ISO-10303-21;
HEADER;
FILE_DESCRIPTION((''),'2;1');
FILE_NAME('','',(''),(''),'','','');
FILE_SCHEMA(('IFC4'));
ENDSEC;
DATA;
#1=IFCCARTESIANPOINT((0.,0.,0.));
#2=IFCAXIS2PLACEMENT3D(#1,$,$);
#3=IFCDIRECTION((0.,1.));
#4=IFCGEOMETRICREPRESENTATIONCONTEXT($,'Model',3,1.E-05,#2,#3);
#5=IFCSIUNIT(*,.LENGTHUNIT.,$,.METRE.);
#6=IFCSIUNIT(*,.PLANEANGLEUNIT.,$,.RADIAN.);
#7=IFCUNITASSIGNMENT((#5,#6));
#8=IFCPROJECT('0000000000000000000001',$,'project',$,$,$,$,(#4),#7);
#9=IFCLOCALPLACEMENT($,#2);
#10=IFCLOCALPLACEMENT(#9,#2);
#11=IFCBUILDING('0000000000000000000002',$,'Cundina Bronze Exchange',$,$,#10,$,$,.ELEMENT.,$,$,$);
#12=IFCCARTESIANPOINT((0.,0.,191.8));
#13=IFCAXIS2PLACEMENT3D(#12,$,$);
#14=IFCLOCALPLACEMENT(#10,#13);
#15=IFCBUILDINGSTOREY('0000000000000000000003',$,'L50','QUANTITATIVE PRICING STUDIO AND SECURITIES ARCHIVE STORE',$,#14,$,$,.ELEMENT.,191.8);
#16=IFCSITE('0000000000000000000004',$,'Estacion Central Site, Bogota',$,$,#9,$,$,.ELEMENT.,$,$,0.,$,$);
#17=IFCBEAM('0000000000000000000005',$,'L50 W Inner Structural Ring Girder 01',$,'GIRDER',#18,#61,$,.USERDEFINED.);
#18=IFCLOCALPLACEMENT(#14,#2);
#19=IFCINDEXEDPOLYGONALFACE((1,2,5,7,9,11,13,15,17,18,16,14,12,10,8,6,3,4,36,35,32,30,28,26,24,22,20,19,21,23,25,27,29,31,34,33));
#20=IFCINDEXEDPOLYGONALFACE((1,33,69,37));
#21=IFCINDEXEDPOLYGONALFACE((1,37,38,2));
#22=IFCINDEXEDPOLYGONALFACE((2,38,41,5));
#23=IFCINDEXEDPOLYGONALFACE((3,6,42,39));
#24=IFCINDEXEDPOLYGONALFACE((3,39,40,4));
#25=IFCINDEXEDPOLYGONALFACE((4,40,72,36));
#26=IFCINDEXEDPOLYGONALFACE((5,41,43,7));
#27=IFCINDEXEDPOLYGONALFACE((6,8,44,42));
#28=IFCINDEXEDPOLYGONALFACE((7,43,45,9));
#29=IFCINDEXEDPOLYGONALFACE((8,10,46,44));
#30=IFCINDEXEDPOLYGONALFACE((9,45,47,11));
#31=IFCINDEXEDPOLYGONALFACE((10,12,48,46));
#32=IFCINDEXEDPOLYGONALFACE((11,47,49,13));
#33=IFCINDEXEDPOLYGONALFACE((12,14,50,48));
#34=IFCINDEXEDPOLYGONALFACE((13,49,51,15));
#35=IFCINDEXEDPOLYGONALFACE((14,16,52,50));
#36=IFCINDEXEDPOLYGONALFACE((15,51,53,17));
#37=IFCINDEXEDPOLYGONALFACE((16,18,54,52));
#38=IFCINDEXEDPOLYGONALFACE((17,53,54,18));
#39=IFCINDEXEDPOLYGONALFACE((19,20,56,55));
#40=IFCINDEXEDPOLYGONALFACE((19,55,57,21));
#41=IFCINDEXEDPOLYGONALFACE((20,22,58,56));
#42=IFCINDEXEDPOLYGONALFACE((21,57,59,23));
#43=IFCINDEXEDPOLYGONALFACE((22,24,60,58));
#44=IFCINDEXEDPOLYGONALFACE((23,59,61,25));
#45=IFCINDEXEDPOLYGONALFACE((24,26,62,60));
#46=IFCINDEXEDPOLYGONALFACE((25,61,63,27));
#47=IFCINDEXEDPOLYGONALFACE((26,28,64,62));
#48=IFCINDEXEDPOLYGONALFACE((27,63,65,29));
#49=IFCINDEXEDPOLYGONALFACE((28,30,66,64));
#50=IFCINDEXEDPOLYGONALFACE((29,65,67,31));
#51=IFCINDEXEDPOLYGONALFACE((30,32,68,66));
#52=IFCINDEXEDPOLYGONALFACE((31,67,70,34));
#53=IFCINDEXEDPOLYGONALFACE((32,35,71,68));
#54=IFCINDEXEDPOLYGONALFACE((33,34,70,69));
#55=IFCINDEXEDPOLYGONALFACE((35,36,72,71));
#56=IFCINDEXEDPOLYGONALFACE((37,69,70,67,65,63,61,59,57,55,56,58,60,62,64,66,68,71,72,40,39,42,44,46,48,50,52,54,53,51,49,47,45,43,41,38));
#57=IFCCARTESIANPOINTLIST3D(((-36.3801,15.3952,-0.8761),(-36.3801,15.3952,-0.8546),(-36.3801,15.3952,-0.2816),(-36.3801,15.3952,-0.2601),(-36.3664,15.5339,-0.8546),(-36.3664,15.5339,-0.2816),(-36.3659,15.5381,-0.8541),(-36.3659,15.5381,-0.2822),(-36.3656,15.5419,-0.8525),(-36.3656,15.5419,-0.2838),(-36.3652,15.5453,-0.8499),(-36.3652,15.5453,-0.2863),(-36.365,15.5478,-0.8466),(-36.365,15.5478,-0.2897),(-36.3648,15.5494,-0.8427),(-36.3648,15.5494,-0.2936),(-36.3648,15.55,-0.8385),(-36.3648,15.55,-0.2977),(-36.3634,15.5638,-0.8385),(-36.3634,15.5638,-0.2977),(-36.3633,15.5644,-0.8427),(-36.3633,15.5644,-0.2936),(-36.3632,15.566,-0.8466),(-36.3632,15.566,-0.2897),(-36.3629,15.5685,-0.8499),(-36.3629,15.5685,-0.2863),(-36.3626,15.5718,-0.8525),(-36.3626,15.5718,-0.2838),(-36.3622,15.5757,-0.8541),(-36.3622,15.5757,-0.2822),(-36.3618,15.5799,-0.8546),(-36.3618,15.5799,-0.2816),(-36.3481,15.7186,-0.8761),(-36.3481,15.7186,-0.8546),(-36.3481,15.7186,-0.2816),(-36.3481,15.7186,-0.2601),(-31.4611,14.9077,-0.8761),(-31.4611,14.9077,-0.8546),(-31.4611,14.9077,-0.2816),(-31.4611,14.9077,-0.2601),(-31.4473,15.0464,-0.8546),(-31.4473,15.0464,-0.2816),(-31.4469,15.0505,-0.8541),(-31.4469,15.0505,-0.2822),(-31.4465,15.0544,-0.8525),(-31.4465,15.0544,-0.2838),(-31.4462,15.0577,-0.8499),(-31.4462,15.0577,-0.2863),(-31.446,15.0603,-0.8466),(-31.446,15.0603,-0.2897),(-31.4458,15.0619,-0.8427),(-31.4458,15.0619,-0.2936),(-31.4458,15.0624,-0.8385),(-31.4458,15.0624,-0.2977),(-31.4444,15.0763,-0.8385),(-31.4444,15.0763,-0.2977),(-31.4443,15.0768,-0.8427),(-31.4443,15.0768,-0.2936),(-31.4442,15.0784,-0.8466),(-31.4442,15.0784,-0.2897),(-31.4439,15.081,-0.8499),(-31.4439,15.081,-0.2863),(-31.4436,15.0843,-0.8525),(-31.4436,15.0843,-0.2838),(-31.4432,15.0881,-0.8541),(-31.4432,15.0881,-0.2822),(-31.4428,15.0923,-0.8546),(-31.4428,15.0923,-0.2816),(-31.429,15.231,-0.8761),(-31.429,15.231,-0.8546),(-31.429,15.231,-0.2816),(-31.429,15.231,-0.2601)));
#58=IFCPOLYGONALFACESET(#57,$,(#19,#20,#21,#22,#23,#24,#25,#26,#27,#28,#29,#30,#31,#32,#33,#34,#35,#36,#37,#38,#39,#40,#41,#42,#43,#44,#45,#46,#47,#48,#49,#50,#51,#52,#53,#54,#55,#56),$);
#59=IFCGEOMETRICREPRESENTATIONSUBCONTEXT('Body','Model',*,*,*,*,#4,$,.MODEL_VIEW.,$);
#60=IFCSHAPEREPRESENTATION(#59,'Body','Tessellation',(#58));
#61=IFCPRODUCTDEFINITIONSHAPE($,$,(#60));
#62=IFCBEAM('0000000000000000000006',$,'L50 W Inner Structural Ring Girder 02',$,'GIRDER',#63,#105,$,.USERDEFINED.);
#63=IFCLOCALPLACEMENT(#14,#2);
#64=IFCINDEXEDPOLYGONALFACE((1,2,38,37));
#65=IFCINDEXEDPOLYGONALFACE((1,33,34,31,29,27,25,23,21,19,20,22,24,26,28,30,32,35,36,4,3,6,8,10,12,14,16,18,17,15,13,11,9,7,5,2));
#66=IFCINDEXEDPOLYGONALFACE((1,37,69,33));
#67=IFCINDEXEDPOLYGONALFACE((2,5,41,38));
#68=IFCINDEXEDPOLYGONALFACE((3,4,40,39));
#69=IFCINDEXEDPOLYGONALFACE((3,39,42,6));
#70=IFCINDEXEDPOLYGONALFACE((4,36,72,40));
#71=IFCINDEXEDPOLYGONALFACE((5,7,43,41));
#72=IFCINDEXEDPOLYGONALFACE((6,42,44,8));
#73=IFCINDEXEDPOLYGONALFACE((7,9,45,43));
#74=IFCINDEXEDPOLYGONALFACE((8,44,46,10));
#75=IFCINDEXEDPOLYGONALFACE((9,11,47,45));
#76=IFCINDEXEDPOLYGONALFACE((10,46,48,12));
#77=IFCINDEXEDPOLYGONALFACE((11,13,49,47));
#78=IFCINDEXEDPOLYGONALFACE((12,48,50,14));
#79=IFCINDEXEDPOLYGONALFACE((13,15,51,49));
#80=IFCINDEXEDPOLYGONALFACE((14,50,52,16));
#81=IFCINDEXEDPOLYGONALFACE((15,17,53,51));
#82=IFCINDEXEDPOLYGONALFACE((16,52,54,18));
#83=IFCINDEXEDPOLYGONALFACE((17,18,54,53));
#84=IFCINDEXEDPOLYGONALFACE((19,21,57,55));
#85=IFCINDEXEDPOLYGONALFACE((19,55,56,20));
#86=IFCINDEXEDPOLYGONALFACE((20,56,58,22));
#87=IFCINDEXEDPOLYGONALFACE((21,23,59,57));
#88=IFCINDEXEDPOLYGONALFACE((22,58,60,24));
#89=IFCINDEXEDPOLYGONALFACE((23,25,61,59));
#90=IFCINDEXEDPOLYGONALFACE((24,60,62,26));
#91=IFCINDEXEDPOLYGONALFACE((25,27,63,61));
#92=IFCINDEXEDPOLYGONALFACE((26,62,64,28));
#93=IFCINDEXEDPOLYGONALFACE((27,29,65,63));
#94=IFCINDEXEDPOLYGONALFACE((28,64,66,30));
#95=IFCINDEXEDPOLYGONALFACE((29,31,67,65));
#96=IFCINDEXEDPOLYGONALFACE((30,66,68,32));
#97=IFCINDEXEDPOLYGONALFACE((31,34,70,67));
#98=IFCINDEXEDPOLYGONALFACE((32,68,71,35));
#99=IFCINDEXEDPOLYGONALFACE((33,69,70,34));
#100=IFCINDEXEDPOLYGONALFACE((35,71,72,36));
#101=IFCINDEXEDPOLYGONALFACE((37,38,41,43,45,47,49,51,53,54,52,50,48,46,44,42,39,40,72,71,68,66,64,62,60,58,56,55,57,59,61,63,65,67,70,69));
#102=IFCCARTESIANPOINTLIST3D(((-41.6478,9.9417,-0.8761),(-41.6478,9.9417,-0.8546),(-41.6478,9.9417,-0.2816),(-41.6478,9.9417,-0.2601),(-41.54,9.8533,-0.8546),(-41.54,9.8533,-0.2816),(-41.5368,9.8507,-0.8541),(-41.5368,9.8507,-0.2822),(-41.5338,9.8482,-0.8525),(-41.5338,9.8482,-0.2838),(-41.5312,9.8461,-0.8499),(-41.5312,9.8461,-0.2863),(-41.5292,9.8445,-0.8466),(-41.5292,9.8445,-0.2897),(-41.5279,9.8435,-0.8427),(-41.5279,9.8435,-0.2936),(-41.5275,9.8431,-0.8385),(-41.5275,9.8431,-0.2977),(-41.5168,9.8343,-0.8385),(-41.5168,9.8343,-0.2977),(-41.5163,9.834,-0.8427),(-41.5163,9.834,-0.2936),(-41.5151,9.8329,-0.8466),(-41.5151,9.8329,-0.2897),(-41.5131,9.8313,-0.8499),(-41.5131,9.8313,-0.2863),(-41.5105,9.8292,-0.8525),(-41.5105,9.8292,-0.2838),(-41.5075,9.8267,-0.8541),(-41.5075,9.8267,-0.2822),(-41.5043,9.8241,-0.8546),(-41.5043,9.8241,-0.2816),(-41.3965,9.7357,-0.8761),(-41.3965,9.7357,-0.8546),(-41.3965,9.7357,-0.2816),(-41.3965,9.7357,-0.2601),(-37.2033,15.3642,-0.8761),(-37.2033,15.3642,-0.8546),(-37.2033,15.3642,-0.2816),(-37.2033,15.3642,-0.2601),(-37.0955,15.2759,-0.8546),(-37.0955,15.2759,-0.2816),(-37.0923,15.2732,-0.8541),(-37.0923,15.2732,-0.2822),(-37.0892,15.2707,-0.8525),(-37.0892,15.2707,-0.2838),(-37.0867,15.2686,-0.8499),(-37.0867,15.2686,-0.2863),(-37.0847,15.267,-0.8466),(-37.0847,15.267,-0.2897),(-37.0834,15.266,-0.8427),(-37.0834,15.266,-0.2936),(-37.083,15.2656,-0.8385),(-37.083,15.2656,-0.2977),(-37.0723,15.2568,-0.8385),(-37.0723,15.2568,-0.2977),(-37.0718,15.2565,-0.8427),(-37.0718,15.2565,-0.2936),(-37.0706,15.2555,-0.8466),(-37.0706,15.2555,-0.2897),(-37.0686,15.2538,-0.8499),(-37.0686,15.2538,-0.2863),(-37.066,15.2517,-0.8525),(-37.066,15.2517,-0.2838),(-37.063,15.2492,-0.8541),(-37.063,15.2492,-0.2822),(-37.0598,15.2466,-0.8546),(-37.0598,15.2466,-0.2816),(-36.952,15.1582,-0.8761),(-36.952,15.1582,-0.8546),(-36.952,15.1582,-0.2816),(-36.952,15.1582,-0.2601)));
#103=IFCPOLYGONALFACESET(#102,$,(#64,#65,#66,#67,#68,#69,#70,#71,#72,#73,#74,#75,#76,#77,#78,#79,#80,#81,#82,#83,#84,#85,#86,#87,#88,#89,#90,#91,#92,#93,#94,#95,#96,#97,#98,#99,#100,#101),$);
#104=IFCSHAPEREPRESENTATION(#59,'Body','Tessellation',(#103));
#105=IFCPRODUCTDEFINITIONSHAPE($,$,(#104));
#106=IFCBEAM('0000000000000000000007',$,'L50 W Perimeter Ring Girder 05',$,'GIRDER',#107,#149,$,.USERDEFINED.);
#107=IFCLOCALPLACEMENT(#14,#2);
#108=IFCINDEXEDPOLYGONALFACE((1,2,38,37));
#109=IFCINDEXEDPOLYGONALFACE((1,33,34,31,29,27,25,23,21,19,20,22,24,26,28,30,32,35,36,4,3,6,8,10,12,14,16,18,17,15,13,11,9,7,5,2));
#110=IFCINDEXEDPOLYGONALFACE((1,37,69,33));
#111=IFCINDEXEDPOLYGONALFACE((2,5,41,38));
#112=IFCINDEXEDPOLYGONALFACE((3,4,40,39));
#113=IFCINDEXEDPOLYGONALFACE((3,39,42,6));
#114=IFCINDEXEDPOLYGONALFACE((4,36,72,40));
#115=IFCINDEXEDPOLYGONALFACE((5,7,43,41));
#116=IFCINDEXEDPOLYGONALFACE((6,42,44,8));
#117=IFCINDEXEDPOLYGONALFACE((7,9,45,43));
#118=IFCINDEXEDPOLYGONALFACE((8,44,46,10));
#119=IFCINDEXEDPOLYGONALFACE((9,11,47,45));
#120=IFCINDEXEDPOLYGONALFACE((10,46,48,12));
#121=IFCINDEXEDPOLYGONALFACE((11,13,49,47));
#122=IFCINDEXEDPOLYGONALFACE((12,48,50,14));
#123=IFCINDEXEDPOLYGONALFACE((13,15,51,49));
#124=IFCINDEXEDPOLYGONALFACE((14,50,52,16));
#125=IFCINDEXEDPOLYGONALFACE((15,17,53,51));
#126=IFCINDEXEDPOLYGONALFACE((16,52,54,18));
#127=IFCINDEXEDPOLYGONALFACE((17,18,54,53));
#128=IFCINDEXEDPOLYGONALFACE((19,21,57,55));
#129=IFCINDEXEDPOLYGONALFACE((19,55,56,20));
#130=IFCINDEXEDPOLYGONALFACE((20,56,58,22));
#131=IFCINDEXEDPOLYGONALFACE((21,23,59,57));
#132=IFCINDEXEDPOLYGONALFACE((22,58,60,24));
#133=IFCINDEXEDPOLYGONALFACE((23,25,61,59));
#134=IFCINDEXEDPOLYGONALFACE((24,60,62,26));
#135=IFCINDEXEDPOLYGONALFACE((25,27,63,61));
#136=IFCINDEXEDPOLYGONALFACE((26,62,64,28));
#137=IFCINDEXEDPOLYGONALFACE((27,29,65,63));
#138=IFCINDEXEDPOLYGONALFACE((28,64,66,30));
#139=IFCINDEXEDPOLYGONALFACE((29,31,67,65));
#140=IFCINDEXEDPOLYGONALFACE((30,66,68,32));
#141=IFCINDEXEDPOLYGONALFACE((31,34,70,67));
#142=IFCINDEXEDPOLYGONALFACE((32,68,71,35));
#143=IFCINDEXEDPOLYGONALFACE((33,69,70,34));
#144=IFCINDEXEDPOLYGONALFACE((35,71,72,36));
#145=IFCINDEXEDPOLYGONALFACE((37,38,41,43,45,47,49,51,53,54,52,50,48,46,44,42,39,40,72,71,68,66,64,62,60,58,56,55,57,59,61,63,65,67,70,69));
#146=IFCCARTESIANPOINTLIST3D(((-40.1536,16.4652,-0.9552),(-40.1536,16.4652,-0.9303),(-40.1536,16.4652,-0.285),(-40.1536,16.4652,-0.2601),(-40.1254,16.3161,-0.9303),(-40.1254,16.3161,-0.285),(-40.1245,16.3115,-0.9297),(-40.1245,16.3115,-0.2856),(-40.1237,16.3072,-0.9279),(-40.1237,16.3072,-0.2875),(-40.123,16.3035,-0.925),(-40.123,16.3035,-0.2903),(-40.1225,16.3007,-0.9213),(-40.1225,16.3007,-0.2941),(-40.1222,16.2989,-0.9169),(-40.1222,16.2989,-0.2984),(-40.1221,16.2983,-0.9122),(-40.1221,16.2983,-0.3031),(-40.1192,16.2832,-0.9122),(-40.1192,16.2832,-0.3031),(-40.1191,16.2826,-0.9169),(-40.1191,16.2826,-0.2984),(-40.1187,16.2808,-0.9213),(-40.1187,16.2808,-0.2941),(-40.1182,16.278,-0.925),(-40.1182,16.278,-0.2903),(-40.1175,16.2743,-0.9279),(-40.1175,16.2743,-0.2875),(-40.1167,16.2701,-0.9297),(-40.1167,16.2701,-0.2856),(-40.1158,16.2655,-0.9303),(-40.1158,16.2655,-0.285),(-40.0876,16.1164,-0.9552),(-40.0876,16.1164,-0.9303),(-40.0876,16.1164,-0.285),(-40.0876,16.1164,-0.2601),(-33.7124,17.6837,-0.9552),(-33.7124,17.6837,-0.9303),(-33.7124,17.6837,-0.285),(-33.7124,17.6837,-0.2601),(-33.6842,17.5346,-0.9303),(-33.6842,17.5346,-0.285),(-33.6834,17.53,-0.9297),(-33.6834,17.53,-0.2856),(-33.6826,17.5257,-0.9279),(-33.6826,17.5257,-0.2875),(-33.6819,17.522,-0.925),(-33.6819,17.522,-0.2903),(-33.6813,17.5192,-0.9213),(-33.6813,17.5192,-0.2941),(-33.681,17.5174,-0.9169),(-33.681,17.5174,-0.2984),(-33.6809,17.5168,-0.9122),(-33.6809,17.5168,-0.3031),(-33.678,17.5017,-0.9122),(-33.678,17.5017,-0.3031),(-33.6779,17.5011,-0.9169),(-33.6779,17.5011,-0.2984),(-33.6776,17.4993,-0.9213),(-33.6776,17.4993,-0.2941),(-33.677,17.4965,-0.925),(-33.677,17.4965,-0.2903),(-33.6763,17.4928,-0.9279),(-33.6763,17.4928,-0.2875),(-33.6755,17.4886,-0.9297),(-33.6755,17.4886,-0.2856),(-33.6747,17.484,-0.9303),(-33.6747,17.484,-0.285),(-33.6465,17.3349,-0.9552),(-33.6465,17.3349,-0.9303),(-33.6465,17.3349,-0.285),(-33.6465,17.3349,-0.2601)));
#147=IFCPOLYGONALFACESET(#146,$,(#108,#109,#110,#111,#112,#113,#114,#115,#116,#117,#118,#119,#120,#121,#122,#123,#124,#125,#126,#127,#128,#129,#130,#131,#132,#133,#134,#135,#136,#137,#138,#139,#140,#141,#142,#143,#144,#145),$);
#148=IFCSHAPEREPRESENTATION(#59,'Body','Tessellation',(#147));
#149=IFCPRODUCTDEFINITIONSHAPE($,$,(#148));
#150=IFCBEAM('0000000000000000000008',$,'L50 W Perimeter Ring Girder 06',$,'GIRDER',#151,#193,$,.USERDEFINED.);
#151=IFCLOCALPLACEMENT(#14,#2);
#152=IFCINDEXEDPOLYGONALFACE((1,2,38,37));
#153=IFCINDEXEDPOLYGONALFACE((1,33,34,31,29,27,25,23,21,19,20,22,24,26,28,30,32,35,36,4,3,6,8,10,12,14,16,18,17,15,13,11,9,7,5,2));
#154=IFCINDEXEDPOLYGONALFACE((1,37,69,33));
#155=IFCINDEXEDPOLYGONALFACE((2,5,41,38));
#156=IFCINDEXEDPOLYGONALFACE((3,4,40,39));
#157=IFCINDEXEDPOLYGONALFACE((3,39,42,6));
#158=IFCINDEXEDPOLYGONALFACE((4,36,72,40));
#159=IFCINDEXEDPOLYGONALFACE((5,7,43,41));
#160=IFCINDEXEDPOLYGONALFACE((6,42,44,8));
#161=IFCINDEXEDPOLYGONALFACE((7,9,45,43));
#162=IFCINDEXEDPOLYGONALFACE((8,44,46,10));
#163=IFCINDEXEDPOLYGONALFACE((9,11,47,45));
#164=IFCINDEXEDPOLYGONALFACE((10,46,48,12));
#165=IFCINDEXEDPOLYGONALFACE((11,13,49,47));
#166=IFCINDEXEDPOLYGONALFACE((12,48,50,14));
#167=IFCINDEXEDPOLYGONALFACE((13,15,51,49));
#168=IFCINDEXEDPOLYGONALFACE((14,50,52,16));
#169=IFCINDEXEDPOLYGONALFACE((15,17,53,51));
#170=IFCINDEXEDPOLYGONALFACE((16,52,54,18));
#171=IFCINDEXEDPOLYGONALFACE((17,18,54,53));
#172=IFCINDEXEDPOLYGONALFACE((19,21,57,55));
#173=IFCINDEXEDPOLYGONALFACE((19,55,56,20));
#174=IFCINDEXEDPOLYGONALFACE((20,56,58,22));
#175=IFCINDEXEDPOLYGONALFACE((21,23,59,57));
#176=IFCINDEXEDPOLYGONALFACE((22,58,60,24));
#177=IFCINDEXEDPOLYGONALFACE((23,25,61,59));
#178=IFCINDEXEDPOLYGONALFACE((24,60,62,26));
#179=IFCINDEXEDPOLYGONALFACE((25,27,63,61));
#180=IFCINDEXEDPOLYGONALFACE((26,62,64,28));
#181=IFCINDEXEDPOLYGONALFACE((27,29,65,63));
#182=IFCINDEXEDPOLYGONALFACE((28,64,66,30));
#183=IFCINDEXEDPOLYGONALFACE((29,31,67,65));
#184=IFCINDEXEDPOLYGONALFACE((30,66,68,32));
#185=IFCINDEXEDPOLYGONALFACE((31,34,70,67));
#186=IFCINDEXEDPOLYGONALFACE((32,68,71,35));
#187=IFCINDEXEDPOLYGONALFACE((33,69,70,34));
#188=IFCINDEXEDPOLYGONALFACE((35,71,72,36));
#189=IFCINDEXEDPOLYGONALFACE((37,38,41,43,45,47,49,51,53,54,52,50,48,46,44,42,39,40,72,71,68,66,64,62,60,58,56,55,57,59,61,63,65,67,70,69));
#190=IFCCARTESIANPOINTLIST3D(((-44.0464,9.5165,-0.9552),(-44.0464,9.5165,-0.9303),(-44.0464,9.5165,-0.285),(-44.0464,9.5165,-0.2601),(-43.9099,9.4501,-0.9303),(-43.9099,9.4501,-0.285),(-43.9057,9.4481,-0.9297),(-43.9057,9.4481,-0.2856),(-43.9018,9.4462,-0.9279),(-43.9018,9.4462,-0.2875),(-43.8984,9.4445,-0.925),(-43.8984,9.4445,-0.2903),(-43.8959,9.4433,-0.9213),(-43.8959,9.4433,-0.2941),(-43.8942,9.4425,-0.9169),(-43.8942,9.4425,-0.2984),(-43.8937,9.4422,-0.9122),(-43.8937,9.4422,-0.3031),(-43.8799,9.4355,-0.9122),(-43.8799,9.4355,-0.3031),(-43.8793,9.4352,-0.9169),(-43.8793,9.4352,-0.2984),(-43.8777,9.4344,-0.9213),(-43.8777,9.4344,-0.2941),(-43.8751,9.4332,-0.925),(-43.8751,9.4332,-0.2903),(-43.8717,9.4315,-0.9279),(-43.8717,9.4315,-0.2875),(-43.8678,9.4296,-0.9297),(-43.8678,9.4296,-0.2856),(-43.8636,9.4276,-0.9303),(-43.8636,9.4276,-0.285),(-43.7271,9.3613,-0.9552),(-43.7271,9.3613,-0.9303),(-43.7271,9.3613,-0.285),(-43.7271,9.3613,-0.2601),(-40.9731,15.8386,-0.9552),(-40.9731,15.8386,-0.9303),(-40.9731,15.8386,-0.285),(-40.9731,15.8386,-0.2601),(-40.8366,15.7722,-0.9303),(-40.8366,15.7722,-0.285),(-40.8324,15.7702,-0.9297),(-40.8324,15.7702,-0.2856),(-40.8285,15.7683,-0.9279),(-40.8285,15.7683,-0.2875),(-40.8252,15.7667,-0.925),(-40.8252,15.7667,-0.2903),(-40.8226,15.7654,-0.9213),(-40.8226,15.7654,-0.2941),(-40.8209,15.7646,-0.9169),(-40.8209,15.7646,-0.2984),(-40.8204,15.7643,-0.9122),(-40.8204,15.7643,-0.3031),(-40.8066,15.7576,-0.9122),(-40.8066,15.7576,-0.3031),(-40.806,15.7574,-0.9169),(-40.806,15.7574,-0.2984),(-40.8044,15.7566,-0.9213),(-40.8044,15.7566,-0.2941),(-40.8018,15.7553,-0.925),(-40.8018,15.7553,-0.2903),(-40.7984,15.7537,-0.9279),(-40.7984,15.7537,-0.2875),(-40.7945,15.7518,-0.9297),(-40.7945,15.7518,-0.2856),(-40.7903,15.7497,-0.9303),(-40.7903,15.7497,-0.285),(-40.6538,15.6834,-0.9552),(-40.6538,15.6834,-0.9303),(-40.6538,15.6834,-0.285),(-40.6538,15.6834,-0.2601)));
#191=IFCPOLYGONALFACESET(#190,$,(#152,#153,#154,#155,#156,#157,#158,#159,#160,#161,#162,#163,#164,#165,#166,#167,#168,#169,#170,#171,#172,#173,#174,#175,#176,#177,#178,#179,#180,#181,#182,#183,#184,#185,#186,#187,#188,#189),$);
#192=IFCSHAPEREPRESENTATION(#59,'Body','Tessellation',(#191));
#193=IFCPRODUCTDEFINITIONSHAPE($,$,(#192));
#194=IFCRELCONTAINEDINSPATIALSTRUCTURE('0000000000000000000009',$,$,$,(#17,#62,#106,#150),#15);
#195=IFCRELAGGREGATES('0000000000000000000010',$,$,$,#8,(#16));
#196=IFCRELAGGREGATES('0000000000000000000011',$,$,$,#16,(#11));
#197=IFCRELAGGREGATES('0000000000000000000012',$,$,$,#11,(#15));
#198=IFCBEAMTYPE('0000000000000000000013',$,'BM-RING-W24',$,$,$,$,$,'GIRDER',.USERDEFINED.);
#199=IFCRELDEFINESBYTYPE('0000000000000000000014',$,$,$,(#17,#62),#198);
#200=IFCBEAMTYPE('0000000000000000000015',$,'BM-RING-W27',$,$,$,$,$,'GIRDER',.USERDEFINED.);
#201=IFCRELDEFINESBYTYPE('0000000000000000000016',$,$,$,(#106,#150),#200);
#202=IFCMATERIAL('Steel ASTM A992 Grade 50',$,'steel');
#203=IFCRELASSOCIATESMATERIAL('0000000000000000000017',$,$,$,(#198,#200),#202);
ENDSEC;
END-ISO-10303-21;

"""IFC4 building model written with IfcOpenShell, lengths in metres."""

from ifc_helpers import new_model, si_unit, direction, frame, origin, origin_2d, place, context, subcontext, project, spatial, i_section, extrude, material, material_profile, profile_set, type_object, element, save


model = new_model("IFC4")

# Units and contexts
model_context = context("Model", 3, precision=1e-05, world=origin(), true_north=direction((0.0, 1.0)))
body_context = subcontext(model_context, "Body", "Model", "MODEL_VIEW")
ifc_project = project(units=[si_unit("LENGTHUNIT", "METRE"), si_unit("PLANEANGLEUNIT", "RADIAN")], contexts=[model_context])

# Site, building, storey
site_placement = place(None, origin())
site = spatial("IfcSite", under=ifc_project, at=site_placement, Name="Estacion Central Site, Bogota", CompositionType="ELEMENT", RefElevation=0.0)
building_placement = place(site_placement, origin())
building = spatial("IfcBuilding", under=site, at=building_placement, Name="Cundina Bronze Exchange", CompositionType="ELEMENT")
storey_placement = place(building_placement, frame((0.0, 0.0, 191.8)))
storey = spatial("IfcBuildingStorey", under=building, at=storey_placement, Name="L50", Description="QUANTITATIVE PRICING STUDIO AND SECURITIES ARCHIVE STORE", CompositionType="ELEMENT", Elevation=191.8)

# Shared definitions
ifc_material_1 = material(Name="Steel ASTM A992 Grade 50", Category="steel")

# Beams
ifc_material_profile_1 = material_profile(ifc_material_1, i_section(OverallWidth=0.325, OverallDepth=0.616, WebThickness=0.0139, FlangeThickness=0.0215, FilletRadius=0.0161, at=origin_2d()), Name="W24X117", Category="steel")
ifc_profile_set_1 = profile_set([ifc_material_profile_1], Name="Steel ASTM A992 Grade 50")
beam_type_1 = type_object("IfcBeamType", Name="BM-RING-W24", ElementType="GIRDER", PredefinedType="USERDEFINED", material=ifc_profile_set_1)
beam_1_placement = place(storey_placement, frame((-31.4451, 15.0693, -0.5681), z_axis=(-0.995124, 0.098633, 0.0), x_axis=(-0.098633, -0.995124, 0.0)))
element("IfcBeam", 1, at=beam_1_placement, inside=storey, type_object=beam_type_1, Name="L50 W Inner Structural Ring Girder 01", ObjectType="GIRDER", PredefinedType="USERDEFINED", context=body_context, shape_type="SweptSolid", body=[
    extrude(i_section(OverallWidth=0.325, OverallDepth=0.616, WebThickness=0.0139, FlangeThickness=0.0215, FilletRadius=0.0161, at=origin_2d()), origin(), (0.0, 0.0, 1.0), 4.9431),
])
beam_2_placement = place(storey_placement, frame((-37.0776, 15.2612, -0.5681), z_axis=(-0.633913, -0.773405, 0.0), x_axis=(0.773405, -0.633913, 0.0)))
element("IfcBeam", 2, at=beam_2_placement, inside=storey, type_object=beam_type_1, Name="L50 W Inner Structural Ring Girder 02", ObjectType="GIRDER", PredefinedType="USERDEFINED", context=body_context, shape_type="SweptSolid", body=[
    extrude(i_section(OverallWidth=0.325, OverallDepth=0.616, WebThickness=0.0139, FlangeThickness=0.0215, FilletRadius=0.0161, at=origin_2d()), origin(), (0.0, 0.0, 1.0), 7.0112),
])
ifc_material_profile_2 = material_profile(ifc_material_1, i_section(OverallWidth=0.355, OverallDepth=0.6951, WebThickness=0.0154, FlangeThickness=0.0249, FilletRadius=0.0181, at=origin_2d()), Name="W27X146", Category="steel")
ifc_profile_set_2 = profile_set([ifc_material_profile_2], Name="Steel ASTM A992 Grade 50")
beam_type_2 = type_object("IfcBeamType", Name="BM-RING-W27", ElementType="GIRDER", PredefinedType="USERDEFINED", material=ifc_profile_set_2)
beam_3_placement = place(storey_placement, frame((-33.6794, 17.5093, -0.6077), z_axis=(-0.982573, -0.185878, 0.0), x_axis=(0.185878, -0.982573, 0.0)))
element("IfcBeam", 3, at=beam_3_placement, inside=storey, type_object=beam_type_2, Name="L50 W Perimeter Ring Girder 05", ObjectType="GIRDER", PredefinedType="USERDEFINED", context=body_context, shape_type="SweptSolid", body=[
    extrude(i_section(OverallWidth=0.355, OverallDepth=0.6951, WebThickness=0.0154, FlangeThickness=0.0249, FilletRadius=0.0181, at=origin_2d()), origin(), (0.0, 0.0, 1.0), 6.5554),
])
beam_4_placement = place(storey_placement, frame((-40.8135, 15.761, -0.6077), z_axis=(-0.437197, -0.899366, 0.0), x_axis=(0.899366, -0.437197, 0.0)))
element("IfcBeam", 4, at=beam_4_placement, inside=storey, type_object=beam_type_2, Name="L50 W Perimeter Ring Girder 06", ObjectType="GIRDER", PredefinedType="USERDEFINED", context=body_context, shape_type="SweptSolid", body=[
    extrude(i_section(OverallWidth=0.355, OverallDepth=0.6951, WebThickness=0.0154, FlangeThickness=0.0249, FilletRadius=0.0181, at=origin_2d()), origin(), (0.0, 0.0, 1.0), 7.0295),
])

save(model, "model.ifc")
